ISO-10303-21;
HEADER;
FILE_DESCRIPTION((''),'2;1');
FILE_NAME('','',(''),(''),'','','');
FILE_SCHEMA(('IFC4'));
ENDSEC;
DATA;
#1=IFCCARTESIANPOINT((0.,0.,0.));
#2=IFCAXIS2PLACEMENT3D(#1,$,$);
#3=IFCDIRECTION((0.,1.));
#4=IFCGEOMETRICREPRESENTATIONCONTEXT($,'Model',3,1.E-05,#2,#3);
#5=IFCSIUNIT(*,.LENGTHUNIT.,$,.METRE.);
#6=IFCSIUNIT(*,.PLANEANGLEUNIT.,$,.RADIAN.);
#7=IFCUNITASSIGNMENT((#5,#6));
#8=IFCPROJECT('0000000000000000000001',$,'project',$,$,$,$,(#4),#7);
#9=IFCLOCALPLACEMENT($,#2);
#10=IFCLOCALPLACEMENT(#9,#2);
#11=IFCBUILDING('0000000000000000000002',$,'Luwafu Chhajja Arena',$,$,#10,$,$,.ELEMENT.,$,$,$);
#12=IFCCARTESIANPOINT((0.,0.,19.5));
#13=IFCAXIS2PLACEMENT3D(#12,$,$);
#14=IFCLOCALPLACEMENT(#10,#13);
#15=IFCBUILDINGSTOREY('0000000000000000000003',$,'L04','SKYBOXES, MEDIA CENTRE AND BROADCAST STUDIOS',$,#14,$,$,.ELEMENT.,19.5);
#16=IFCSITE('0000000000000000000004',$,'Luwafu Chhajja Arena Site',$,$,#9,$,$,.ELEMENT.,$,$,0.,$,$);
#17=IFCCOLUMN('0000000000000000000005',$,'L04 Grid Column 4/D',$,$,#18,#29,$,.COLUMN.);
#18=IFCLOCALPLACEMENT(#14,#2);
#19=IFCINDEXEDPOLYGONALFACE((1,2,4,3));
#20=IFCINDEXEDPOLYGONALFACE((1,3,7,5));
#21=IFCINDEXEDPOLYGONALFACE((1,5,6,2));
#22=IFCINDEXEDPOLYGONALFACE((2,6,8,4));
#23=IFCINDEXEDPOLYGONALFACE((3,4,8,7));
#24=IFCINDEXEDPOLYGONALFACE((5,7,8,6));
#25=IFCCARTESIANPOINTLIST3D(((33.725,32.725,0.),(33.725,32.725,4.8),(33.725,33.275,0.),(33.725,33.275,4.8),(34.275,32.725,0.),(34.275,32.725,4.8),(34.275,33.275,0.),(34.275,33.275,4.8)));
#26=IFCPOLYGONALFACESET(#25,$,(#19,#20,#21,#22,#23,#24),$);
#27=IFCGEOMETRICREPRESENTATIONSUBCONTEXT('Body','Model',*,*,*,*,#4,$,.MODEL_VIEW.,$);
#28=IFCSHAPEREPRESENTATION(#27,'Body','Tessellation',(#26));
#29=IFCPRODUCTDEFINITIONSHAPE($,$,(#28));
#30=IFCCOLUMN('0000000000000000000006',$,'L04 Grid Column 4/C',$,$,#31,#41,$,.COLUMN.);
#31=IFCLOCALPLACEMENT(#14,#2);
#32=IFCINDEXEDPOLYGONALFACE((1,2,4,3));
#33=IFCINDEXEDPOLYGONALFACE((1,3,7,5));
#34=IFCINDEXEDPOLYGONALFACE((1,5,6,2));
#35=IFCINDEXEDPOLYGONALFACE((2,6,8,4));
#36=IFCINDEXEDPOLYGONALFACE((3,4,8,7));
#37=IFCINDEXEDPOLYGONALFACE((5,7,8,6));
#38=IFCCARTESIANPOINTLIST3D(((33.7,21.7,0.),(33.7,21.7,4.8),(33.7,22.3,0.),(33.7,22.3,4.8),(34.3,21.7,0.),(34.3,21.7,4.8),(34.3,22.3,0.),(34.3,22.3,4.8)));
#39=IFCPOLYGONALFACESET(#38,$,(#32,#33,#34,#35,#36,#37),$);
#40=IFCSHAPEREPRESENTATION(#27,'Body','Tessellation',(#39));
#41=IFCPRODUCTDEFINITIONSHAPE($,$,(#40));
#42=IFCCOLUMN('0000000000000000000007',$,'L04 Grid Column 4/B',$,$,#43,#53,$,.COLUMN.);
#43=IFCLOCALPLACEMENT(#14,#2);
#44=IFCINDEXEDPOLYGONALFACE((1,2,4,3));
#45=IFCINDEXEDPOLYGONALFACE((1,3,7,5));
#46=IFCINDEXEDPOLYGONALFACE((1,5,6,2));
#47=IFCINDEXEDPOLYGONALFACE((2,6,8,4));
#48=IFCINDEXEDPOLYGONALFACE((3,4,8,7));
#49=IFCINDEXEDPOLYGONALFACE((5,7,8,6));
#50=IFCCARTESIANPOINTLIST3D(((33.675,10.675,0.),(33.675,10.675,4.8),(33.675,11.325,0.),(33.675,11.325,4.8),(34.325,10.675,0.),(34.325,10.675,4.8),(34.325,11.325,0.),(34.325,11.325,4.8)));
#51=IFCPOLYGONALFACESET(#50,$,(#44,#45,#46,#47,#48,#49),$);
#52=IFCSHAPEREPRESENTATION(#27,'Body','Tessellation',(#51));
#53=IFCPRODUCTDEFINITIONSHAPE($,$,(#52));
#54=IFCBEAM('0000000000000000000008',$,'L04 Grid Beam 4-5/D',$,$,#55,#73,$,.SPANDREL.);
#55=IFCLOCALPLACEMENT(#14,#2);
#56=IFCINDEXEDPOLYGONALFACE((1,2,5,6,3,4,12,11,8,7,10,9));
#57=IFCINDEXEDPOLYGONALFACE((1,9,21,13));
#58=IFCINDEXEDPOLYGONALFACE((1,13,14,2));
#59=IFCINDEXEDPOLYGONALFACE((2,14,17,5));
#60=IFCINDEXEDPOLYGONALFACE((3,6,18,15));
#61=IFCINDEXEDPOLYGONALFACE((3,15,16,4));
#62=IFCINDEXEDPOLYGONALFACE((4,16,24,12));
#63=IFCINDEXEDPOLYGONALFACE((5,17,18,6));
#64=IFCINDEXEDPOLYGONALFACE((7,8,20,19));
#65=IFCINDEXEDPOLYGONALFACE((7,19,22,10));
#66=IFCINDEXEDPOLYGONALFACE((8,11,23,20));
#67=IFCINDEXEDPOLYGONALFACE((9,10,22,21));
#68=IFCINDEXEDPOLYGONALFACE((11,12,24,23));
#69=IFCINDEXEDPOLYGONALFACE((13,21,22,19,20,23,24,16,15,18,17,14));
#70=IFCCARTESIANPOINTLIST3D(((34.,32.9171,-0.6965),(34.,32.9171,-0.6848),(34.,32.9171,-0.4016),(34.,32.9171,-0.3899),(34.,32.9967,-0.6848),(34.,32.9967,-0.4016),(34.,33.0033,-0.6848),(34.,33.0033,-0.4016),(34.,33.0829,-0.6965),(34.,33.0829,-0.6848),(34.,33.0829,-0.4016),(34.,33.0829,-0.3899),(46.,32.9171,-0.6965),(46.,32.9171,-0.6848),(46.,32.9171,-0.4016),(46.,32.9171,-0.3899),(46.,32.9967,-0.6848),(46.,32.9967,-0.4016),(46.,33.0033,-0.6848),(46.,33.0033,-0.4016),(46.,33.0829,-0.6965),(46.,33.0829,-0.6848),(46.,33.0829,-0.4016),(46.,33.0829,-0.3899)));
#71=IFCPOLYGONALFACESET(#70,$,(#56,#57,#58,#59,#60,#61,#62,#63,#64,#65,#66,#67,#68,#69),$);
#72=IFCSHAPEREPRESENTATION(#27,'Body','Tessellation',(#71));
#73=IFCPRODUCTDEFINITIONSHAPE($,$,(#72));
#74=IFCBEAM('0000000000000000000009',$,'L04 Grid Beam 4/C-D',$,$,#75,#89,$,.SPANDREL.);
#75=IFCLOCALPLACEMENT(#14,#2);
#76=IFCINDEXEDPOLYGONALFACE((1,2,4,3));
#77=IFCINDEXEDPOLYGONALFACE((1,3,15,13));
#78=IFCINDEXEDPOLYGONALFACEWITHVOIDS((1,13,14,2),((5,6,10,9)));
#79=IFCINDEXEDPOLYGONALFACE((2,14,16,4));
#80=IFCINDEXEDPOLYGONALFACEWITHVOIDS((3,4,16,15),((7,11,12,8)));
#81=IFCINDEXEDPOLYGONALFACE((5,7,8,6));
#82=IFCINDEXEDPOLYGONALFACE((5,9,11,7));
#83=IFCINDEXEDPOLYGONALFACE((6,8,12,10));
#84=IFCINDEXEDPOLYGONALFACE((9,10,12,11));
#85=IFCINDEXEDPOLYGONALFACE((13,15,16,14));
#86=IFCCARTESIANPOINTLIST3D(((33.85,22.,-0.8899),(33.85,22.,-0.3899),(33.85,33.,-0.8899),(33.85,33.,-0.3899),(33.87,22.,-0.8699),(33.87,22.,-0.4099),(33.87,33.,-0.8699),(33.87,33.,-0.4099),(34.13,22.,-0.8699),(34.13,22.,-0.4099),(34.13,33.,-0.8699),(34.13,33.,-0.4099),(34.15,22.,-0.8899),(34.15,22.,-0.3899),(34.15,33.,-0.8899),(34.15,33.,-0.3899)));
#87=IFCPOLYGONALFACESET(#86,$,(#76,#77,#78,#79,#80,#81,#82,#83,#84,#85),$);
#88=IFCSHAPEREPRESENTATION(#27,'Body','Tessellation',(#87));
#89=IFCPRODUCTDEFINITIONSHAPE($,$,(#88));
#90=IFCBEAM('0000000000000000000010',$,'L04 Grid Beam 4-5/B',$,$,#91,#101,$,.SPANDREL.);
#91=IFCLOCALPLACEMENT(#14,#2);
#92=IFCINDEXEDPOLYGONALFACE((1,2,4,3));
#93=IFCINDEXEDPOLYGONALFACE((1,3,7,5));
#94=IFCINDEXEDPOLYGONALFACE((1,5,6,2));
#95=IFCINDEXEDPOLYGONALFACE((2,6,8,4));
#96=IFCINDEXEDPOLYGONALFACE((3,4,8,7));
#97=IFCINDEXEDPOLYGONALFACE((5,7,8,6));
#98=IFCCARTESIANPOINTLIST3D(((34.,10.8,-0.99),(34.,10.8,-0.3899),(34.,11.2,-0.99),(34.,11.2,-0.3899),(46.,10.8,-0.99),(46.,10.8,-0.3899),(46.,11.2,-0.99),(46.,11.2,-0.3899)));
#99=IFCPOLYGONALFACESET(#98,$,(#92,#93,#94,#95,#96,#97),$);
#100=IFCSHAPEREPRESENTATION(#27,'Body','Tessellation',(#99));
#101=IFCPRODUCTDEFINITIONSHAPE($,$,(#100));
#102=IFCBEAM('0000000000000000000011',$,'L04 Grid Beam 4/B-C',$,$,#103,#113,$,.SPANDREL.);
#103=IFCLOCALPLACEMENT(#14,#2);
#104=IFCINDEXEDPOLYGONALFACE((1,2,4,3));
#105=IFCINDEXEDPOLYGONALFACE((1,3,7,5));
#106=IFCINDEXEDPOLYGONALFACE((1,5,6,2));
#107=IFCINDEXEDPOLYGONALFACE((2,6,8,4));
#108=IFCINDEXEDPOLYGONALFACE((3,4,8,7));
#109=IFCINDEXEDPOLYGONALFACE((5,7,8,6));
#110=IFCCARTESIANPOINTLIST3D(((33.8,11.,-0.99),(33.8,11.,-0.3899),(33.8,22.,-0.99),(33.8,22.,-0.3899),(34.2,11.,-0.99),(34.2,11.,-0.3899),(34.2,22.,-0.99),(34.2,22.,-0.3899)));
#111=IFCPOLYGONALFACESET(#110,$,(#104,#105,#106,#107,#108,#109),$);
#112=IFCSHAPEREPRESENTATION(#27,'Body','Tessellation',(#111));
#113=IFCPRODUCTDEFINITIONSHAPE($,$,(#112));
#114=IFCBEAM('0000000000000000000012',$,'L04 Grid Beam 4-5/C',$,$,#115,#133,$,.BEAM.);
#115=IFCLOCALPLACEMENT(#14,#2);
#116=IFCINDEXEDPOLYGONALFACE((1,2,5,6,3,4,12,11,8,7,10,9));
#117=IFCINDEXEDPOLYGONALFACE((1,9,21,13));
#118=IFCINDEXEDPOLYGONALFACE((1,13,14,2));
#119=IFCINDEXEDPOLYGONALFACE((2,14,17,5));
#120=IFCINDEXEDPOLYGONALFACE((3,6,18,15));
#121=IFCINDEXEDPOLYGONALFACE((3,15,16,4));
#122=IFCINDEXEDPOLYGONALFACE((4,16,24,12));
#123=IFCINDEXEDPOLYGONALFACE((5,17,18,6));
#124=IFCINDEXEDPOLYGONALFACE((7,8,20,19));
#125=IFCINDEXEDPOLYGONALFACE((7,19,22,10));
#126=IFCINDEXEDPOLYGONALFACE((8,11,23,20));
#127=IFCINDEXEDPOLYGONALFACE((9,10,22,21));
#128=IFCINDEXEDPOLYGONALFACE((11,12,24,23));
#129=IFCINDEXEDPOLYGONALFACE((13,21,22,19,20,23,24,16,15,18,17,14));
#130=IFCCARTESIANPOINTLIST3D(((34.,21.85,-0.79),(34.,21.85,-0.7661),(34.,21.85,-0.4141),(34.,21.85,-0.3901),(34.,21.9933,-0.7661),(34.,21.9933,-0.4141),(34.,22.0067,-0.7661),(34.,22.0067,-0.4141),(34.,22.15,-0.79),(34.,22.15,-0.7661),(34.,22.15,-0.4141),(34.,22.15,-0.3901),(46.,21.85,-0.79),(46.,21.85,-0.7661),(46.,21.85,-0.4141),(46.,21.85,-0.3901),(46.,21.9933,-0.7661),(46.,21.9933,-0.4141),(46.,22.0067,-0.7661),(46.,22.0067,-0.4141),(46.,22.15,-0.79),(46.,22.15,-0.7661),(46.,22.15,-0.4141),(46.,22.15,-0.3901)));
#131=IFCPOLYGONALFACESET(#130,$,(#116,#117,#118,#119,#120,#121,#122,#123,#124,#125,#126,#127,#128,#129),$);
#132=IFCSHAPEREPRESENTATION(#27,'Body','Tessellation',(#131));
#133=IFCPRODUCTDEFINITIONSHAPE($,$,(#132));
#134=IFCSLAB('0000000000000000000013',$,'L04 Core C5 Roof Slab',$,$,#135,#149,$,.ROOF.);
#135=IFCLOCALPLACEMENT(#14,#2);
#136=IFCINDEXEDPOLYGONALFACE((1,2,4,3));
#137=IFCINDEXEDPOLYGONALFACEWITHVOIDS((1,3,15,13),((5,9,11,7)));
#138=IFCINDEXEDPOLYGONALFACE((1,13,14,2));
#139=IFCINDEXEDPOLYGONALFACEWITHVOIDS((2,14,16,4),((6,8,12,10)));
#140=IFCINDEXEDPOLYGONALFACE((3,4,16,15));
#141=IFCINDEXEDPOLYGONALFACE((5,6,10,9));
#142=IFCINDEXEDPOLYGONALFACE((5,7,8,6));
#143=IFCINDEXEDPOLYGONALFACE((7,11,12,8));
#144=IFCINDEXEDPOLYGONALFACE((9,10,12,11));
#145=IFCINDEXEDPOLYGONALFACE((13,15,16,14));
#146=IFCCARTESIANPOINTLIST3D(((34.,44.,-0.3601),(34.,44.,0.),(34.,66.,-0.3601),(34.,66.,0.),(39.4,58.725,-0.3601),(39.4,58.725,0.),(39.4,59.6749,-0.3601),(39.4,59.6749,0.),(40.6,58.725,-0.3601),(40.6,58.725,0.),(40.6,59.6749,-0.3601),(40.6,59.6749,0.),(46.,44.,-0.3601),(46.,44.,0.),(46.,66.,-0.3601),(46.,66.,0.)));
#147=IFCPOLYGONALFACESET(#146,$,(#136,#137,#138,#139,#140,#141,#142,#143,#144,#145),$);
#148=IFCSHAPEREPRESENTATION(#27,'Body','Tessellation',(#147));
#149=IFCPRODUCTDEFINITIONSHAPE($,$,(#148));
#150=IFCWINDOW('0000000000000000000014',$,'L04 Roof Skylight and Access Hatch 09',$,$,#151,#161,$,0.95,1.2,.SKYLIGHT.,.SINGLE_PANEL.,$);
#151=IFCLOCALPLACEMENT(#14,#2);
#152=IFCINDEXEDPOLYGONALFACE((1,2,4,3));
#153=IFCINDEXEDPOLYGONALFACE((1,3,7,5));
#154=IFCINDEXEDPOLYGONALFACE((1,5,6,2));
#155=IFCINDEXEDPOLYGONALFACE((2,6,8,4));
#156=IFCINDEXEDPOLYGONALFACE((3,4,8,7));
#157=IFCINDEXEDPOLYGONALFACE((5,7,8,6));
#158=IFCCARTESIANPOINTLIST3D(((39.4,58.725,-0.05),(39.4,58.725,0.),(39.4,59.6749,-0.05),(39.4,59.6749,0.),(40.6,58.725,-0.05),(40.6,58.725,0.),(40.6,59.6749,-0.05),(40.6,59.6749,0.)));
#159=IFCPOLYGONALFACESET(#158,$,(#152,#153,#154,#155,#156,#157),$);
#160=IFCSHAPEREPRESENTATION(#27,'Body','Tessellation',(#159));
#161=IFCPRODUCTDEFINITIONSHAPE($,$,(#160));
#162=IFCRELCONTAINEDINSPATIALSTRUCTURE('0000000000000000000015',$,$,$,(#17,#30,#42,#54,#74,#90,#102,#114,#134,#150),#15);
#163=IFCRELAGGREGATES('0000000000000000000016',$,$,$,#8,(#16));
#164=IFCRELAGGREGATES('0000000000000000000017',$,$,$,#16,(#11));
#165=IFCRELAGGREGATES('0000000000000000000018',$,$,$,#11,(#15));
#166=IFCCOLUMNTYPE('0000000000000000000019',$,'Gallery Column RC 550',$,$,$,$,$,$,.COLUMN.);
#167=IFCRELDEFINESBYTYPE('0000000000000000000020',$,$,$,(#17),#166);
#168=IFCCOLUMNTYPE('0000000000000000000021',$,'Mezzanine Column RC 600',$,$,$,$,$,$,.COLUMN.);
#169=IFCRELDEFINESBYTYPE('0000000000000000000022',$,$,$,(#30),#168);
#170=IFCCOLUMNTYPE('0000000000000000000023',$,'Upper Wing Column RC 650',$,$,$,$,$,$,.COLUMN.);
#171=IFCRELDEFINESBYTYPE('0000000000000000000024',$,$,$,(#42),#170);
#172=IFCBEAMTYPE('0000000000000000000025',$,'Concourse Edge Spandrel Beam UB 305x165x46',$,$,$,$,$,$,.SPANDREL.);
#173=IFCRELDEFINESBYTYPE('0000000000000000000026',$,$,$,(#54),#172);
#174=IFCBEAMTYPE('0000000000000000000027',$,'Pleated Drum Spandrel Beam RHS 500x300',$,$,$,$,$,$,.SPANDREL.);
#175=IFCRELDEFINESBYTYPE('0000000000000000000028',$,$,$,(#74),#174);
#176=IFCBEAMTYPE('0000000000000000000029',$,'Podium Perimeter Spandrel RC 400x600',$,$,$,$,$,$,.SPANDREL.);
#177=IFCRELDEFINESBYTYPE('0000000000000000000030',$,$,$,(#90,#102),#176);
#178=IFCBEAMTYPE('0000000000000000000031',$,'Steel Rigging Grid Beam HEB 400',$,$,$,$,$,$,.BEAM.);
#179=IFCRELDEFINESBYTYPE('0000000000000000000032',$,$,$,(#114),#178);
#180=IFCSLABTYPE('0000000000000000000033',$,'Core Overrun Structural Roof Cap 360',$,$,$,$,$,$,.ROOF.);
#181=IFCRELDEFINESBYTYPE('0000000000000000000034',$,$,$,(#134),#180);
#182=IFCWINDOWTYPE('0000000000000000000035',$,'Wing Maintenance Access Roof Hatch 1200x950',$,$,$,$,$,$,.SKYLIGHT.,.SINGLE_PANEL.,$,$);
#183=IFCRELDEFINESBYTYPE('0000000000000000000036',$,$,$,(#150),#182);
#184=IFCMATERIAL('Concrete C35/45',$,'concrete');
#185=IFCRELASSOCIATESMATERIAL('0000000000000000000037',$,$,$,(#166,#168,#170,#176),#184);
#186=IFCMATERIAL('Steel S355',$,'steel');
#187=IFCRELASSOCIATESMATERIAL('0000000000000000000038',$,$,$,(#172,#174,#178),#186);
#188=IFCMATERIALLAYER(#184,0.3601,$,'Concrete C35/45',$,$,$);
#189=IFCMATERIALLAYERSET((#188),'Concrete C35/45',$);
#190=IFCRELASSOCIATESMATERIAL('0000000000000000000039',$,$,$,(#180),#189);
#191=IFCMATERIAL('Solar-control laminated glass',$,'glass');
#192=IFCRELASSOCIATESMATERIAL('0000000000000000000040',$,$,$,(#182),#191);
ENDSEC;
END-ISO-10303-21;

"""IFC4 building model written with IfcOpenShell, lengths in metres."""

from ifc_helpers import new_model, si_unit, direction, frame, origin, origin_2d, place, context, subcontext, project, spatial, polyline, rectangle, hollow_rectangle, i_section, outline, extrude, material, layer, layer_set, material_profile, profile_set, type_object, element, fill, save


model = new_model("IFC4")

# Units and contexts
model_context = context("Model", 3, precision=1e-05, world=origin(), true_north=direction((0.0, 1.0)))
body_context = subcontext(model_context, "Body", "Model", "MODEL_VIEW")
ifc_project = project(units=[si_unit("LENGTHUNIT", "METRE"), si_unit("PLANEANGLEUNIT", "RADIAN")], contexts=[model_context])

# Site, building, storey
site_placement = place(None, origin())
site = spatial("IfcSite", under=ifc_project, at=site_placement, Name="Luwafu Chhajja Arena Site", CompositionType="ELEMENT", RefElevation=0.0)
building_placement = place(site_placement, origin())
building = spatial("IfcBuilding", under=site, at=building_placement, Name="Luwafu Chhajja Arena", CompositionType="ELEMENT")
storey_placement = place(building_placement, frame((0.0, 0.0, 19.5)))
storey = spatial("IfcBuildingStorey", under=building, at=storey_placement, Name="L04", Description="SKYBOXES, MEDIA CENTRE AND BROADCAST STUDIOS", CompositionType="ELEMENT", Elevation=19.5)

# Columns
ifc_material_1 = material(Name="Concrete C35/45", Category="concrete")
ifc_material_profile_1 = material_profile(ifc_material_1, rectangle(XDim=0.55, YDim=0.55, at=origin_2d()), Name="RC 550x550")
ifc_profile_set_1 = profile_set([ifc_material_profile_1], Name="Concrete C35/45")
column_type_1 = type_object("IfcColumnType", Name="Gallery Column RC 550", PredefinedType="COLUMN", material=ifc_profile_set_1)
column_1_placement = place(storey_placement, frame((34.0, 33.0, 0.0), z_axis=(0.0, 0.0, 1.0), x_axis=(1.0, 0.0, 0.0)))
element("IfcColumn", 1, at=column_1_placement, inside=storey, type_object=column_type_1, Name="L04 Grid Column 4/D", PredefinedType="COLUMN", context=body_context, shape_type="SweptSolid", body=[
    extrude(rectangle(XDim=0.55, YDim=0.55, at=origin_2d()), origin(), (0.0, 0.0, 1.0), 4.8),
])
ifc_material_profile_2 = material_profile(ifc_material_1, rectangle(XDim=0.6001, YDim=0.6001, at=origin_2d()), Name="RC 600x600")
ifc_profile_set_2 = profile_set([ifc_material_profile_2], Name="Concrete C35/45")
column_type_2 = type_object("IfcColumnType", Name="Mezzanine Column RC 600", PredefinedType="COLUMN", material=ifc_profile_set_2)
column_2_placement = place(storey_placement, frame((34.0, 22.0, 0.0), z_axis=(0.0, 0.0, 1.0), x_axis=(1.0, 0.0, 0.0)))
element("IfcColumn", 2, at=column_2_placement, inside=storey, type_object=column_type_2, Name="L04 Grid Column 4/C", PredefinedType="COLUMN", context=body_context, shape_type="SweptSolid", body=[
    extrude(rectangle(XDim=0.6001, YDim=0.6001, at=origin_2d()), origin(), (0.0, 0.0, 1.0), 4.8),
])
ifc_material_profile_3 = material_profile(ifc_material_1, rectangle(XDim=0.6499, YDim=0.6499, at=origin_2d()), Name="RC 650x650")
ifc_profile_set_3 = profile_set([ifc_material_profile_3], Name="Concrete C35/45")
column_type_3 = type_object("IfcColumnType", Name="Upper Wing Column RC 650", PredefinedType="COLUMN", material=ifc_profile_set_3)
column_3_placement = place(storey_placement, frame((34.0, 11.0, 0.0), z_axis=(0.0, 0.0, 1.0), x_axis=(1.0, 0.0, 0.0)))
element("IfcColumn", 3, at=column_3_placement, inside=storey, type_object=column_type_3, Name="L04 Grid Column 4/B", PredefinedType="COLUMN", context=body_context, shape_type="SweptSolid", body=[
    extrude(rectangle(XDim=0.6499, YDim=0.6499, at=origin_2d()), origin(), (0.0, 0.0, 1.0), 4.8),
])

# Beams
ifc_material_2 = material(Name="Steel S355", Category="steel")
ifc_material_profile_4 = material_profile(ifc_material_2, i_section(OverallWidth=0.1658, OverallDepth=0.3066, WebThickness=0.0066, FlangeThickness=0.0117, at=origin_2d()), Name="UB 305x165x46")
ifc_profile_set_4 = profile_set([ifc_material_profile_4], Name="Steel S355")
beam_type_1 = type_object("IfcBeamType", Name="Concourse Edge Spandrel Beam UB 305x165x46", PredefinedType="SPANDREL", material=ifc_profile_set_4)
beam_1_placement = place(storey_placement, frame((34.0, 33.0, -0.5432), z_axis=(1.0, 0.0, 0.0), x_axis=(0.0, 1.0, 0.0)))
element("IfcBeam", 4, at=beam_1_placement, inside=storey, type_object=beam_type_1, Name="L04 Grid Beam 4-5/D", PredefinedType="SPANDREL", context=body_context, shape_type="SweptSolid", body=[
    extrude(i_section(OverallWidth=0.1658, OverallDepth=0.3066, WebThickness=0.0066, FlangeThickness=0.0117, at=origin_2d()), origin(), (0.0, 0.0, 1.0), 12.0),
])
ifc_material_profile_5 = material_profile(ifc_material_2, hollow_rectangle(XDim=0.3, YDim=0.5, WallThickness=0.02, at=origin_2d()), Name="RHS 500x300x20")
ifc_profile_set_5 = profile_set([ifc_material_profile_5], Name="Steel S355")
beam_type_2 = type_object("IfcBeamType", Name="Pleated Drum Spandrel Beam RHS 500x300", PredefinedType="SPANDREL", material=ifc_profile_set_5)
beam_2_placement = place(storey_placement, frame((34.0, 22.0, -0.6399), z_axis=(0.0, 1.0, 0.0), x_axis=(-1.0, 0.0, 0.0)))
element("IfcBeam", 5, at=beam_2_placement, inside=storey, type_object=beam_type_2, Name="L04 Grid Beam 4/C-D", PredefinedType="SPANDREL", context=body_context, shape_type="SweptSolid", body=[
    extrude(hollow_rectangle(XDim=0.3, YDim=0.5, WallThickness=0.02, at=origin_2d()), origin(), (0.0, 0.0, 1.0), 11.0),
])
ifc_material_profile_6 = material_profile(ifc_material_1, rectangle(XDim=0.3999, YDim=0.6001, at=origin_2d()), Name="RC 400x600")
ifc_profile_set_6 = profile_set([ifc_material_profile_6], Name="Concrete C35/45")
beam_type_3 = type_object("IfcBeamType", Name="Podium Perimeter Spandrel RC 400x600", PredefinedType="SPANDREL", material=ifc_profile_set_6)
beam_3_placement = place(storey_placement, frame((34.0, 11.0, -0.6899), z_axis=(1.0, 0.0, 0.0), x_axis=(0.0, 1.0, 0.0)))
element("IfcBeam", 6, at=beam_3_placement, inside=storey, type_object=beam_type_3, Name="L04 Grid Beam 4-5/B", PredefinedType="SPANDREL", context=body_context, shape_type="SweptSolid", body=[
    extrude(rectangle(XDim=0.3999, YDim=0.6001, at=origin_2d()), origin(), (0.0, 0.0, 1.0), 12.0),
])
beam_4_placement = place(storey_placement, frame((34.0, 11.0, -0.6899), z_axis=(0.0, 1.0, 0.0), x_axis=(-1.0, 0.0, 0.0)))
element("IfcBeam", 7, at=beam_4_placement, inside=storey, type_object=beam_type_3, Name="L04 Grid Beam 4/B-C", PredefinedType="SPANDREL", context=body_context, shape_type="SweptSolid", body=[
    extrude(rectangle(XDim=0.3999, YDim=0.6001, at=origin_2d()), origin(), (0.0, 0.0, 1.0), 11.0),
])
ifc_material_profile_7 = material_profile(ifc_material_2, i_section(OverallWidth=0.3, OverallDepth=0.3999, WebThickness=0.0134, FlangeThickness=0.0239, at=origin_2d()), Name="HEB 400")
ifc_profile_set_7 = profile_set([ifc_material_profile_7], Name="Steel S355")
beam_type_4 = type_object("IfcBeamType", Name="Steel Rigging Grid Beam HEB 400", PredefinedType="BEAM", material=ifc_profile_set_7)
beam_5_placement = place(storey_placement, frame((34.0, 22.0, -0.5901), z_axis=(1.0, 0.0, 0.0), x_axis=(0.0, 1.0, 0.0)))
element("IfcBeam", 8, at=beam_5_placement, inside=storey, type_object=beam_type_4, Name="L04 Grid Beam 4-5/C", PredefinedType="BEAM", context=body_context, shape_type="SweptSolid", body=[
    extrude(i_section(OverallWidth=0.3, OverallDepth=0.3999, WebThickness=0.0134, FlangeThickness=0.0239, at=origin_2d()), origin(), (0.0, 0.0, 1.0), 12.0),
])

# Slab, opening, window
ifc_layer_1 = layer(ifc_material_1, 0.3601, Name="Concrete C35/45")
ifc_layer_set_1 = layer_set([ifc_layer_1], Name="Concrete C35/45")
slab_type_1 = type_object("IfcSlabType", Name="Core Overrun Structural Roof Cap 360", PredefinedType="ROOF", material=ifc_layer_set_1)
slab_1_placement = place(storey_placement, frame((0.0, 0.0, -0.3601)))
slab_1 = element("IfcSlab", 9, at=slab_1_placement, inside=storey, type_object=slab_type_1, Name="L04 Core C5 Roof Slab", PredefinedType="ROOF", context=body_context, shape_type="SweptSolid", body=[
    extrude(outline(polyline([(34.0, 44.0), (46.0, 44.0), (46.0, 66.0), (34.0, 66.0), (34.0, 44.0)])), origin(), (0.0, 0.0, 1.0), 0.3601),
])
opening_1_placement = place(slab_1_placement, frame((40.0, 59.2, -0.01)))
opening_1 = element("IfcOpeningElement", 10, at=opening_1_placement, cuts=slab_1, PredefinedType="OPENING", context=body_context, shape_type="SweptSolid", body=[
    extrude(rectangle(XDim=1.2, YDim=0.95, at=origin_2d()), origin(), (0.0, 0.0, 1.0), 0.3801),
])
ifc_material_3 = material(Name="Solar-control laminated glass", Category="glass")
window_type_1 = type_object("IfcWindowType", Name="Wing Maintenance Access Roof Hatch 1200x950", PartitioningType="SINGLE_PANEL", PredefinedType="SKYLIGHT", material=ifc_material_3)
window_1_placement = place(opening_1_placement, frame((0.0, 0.0, 0.3201)))
window_1 = element("IfcWindow", 11, at=window_1_placement, inside=storey, type_object=window_type_1, Name="L04 Roof Skylight and Access Hatch 09", OverallHeight=0.95, OverallWidth=1.2, PartitioningType="SINGLE_PANEL", PredefinedType="SKYLIGHT", context=body_context, shape_type="SweptSolid", body=[
    extrude(rectangle(XDim=1.2, YDim=0.95, at=origin_2d()), origin(), (0.0, 0.0, 1.0), 0.05),
])
fill(opening_1, window_1)

save(model, "model.ifc")
